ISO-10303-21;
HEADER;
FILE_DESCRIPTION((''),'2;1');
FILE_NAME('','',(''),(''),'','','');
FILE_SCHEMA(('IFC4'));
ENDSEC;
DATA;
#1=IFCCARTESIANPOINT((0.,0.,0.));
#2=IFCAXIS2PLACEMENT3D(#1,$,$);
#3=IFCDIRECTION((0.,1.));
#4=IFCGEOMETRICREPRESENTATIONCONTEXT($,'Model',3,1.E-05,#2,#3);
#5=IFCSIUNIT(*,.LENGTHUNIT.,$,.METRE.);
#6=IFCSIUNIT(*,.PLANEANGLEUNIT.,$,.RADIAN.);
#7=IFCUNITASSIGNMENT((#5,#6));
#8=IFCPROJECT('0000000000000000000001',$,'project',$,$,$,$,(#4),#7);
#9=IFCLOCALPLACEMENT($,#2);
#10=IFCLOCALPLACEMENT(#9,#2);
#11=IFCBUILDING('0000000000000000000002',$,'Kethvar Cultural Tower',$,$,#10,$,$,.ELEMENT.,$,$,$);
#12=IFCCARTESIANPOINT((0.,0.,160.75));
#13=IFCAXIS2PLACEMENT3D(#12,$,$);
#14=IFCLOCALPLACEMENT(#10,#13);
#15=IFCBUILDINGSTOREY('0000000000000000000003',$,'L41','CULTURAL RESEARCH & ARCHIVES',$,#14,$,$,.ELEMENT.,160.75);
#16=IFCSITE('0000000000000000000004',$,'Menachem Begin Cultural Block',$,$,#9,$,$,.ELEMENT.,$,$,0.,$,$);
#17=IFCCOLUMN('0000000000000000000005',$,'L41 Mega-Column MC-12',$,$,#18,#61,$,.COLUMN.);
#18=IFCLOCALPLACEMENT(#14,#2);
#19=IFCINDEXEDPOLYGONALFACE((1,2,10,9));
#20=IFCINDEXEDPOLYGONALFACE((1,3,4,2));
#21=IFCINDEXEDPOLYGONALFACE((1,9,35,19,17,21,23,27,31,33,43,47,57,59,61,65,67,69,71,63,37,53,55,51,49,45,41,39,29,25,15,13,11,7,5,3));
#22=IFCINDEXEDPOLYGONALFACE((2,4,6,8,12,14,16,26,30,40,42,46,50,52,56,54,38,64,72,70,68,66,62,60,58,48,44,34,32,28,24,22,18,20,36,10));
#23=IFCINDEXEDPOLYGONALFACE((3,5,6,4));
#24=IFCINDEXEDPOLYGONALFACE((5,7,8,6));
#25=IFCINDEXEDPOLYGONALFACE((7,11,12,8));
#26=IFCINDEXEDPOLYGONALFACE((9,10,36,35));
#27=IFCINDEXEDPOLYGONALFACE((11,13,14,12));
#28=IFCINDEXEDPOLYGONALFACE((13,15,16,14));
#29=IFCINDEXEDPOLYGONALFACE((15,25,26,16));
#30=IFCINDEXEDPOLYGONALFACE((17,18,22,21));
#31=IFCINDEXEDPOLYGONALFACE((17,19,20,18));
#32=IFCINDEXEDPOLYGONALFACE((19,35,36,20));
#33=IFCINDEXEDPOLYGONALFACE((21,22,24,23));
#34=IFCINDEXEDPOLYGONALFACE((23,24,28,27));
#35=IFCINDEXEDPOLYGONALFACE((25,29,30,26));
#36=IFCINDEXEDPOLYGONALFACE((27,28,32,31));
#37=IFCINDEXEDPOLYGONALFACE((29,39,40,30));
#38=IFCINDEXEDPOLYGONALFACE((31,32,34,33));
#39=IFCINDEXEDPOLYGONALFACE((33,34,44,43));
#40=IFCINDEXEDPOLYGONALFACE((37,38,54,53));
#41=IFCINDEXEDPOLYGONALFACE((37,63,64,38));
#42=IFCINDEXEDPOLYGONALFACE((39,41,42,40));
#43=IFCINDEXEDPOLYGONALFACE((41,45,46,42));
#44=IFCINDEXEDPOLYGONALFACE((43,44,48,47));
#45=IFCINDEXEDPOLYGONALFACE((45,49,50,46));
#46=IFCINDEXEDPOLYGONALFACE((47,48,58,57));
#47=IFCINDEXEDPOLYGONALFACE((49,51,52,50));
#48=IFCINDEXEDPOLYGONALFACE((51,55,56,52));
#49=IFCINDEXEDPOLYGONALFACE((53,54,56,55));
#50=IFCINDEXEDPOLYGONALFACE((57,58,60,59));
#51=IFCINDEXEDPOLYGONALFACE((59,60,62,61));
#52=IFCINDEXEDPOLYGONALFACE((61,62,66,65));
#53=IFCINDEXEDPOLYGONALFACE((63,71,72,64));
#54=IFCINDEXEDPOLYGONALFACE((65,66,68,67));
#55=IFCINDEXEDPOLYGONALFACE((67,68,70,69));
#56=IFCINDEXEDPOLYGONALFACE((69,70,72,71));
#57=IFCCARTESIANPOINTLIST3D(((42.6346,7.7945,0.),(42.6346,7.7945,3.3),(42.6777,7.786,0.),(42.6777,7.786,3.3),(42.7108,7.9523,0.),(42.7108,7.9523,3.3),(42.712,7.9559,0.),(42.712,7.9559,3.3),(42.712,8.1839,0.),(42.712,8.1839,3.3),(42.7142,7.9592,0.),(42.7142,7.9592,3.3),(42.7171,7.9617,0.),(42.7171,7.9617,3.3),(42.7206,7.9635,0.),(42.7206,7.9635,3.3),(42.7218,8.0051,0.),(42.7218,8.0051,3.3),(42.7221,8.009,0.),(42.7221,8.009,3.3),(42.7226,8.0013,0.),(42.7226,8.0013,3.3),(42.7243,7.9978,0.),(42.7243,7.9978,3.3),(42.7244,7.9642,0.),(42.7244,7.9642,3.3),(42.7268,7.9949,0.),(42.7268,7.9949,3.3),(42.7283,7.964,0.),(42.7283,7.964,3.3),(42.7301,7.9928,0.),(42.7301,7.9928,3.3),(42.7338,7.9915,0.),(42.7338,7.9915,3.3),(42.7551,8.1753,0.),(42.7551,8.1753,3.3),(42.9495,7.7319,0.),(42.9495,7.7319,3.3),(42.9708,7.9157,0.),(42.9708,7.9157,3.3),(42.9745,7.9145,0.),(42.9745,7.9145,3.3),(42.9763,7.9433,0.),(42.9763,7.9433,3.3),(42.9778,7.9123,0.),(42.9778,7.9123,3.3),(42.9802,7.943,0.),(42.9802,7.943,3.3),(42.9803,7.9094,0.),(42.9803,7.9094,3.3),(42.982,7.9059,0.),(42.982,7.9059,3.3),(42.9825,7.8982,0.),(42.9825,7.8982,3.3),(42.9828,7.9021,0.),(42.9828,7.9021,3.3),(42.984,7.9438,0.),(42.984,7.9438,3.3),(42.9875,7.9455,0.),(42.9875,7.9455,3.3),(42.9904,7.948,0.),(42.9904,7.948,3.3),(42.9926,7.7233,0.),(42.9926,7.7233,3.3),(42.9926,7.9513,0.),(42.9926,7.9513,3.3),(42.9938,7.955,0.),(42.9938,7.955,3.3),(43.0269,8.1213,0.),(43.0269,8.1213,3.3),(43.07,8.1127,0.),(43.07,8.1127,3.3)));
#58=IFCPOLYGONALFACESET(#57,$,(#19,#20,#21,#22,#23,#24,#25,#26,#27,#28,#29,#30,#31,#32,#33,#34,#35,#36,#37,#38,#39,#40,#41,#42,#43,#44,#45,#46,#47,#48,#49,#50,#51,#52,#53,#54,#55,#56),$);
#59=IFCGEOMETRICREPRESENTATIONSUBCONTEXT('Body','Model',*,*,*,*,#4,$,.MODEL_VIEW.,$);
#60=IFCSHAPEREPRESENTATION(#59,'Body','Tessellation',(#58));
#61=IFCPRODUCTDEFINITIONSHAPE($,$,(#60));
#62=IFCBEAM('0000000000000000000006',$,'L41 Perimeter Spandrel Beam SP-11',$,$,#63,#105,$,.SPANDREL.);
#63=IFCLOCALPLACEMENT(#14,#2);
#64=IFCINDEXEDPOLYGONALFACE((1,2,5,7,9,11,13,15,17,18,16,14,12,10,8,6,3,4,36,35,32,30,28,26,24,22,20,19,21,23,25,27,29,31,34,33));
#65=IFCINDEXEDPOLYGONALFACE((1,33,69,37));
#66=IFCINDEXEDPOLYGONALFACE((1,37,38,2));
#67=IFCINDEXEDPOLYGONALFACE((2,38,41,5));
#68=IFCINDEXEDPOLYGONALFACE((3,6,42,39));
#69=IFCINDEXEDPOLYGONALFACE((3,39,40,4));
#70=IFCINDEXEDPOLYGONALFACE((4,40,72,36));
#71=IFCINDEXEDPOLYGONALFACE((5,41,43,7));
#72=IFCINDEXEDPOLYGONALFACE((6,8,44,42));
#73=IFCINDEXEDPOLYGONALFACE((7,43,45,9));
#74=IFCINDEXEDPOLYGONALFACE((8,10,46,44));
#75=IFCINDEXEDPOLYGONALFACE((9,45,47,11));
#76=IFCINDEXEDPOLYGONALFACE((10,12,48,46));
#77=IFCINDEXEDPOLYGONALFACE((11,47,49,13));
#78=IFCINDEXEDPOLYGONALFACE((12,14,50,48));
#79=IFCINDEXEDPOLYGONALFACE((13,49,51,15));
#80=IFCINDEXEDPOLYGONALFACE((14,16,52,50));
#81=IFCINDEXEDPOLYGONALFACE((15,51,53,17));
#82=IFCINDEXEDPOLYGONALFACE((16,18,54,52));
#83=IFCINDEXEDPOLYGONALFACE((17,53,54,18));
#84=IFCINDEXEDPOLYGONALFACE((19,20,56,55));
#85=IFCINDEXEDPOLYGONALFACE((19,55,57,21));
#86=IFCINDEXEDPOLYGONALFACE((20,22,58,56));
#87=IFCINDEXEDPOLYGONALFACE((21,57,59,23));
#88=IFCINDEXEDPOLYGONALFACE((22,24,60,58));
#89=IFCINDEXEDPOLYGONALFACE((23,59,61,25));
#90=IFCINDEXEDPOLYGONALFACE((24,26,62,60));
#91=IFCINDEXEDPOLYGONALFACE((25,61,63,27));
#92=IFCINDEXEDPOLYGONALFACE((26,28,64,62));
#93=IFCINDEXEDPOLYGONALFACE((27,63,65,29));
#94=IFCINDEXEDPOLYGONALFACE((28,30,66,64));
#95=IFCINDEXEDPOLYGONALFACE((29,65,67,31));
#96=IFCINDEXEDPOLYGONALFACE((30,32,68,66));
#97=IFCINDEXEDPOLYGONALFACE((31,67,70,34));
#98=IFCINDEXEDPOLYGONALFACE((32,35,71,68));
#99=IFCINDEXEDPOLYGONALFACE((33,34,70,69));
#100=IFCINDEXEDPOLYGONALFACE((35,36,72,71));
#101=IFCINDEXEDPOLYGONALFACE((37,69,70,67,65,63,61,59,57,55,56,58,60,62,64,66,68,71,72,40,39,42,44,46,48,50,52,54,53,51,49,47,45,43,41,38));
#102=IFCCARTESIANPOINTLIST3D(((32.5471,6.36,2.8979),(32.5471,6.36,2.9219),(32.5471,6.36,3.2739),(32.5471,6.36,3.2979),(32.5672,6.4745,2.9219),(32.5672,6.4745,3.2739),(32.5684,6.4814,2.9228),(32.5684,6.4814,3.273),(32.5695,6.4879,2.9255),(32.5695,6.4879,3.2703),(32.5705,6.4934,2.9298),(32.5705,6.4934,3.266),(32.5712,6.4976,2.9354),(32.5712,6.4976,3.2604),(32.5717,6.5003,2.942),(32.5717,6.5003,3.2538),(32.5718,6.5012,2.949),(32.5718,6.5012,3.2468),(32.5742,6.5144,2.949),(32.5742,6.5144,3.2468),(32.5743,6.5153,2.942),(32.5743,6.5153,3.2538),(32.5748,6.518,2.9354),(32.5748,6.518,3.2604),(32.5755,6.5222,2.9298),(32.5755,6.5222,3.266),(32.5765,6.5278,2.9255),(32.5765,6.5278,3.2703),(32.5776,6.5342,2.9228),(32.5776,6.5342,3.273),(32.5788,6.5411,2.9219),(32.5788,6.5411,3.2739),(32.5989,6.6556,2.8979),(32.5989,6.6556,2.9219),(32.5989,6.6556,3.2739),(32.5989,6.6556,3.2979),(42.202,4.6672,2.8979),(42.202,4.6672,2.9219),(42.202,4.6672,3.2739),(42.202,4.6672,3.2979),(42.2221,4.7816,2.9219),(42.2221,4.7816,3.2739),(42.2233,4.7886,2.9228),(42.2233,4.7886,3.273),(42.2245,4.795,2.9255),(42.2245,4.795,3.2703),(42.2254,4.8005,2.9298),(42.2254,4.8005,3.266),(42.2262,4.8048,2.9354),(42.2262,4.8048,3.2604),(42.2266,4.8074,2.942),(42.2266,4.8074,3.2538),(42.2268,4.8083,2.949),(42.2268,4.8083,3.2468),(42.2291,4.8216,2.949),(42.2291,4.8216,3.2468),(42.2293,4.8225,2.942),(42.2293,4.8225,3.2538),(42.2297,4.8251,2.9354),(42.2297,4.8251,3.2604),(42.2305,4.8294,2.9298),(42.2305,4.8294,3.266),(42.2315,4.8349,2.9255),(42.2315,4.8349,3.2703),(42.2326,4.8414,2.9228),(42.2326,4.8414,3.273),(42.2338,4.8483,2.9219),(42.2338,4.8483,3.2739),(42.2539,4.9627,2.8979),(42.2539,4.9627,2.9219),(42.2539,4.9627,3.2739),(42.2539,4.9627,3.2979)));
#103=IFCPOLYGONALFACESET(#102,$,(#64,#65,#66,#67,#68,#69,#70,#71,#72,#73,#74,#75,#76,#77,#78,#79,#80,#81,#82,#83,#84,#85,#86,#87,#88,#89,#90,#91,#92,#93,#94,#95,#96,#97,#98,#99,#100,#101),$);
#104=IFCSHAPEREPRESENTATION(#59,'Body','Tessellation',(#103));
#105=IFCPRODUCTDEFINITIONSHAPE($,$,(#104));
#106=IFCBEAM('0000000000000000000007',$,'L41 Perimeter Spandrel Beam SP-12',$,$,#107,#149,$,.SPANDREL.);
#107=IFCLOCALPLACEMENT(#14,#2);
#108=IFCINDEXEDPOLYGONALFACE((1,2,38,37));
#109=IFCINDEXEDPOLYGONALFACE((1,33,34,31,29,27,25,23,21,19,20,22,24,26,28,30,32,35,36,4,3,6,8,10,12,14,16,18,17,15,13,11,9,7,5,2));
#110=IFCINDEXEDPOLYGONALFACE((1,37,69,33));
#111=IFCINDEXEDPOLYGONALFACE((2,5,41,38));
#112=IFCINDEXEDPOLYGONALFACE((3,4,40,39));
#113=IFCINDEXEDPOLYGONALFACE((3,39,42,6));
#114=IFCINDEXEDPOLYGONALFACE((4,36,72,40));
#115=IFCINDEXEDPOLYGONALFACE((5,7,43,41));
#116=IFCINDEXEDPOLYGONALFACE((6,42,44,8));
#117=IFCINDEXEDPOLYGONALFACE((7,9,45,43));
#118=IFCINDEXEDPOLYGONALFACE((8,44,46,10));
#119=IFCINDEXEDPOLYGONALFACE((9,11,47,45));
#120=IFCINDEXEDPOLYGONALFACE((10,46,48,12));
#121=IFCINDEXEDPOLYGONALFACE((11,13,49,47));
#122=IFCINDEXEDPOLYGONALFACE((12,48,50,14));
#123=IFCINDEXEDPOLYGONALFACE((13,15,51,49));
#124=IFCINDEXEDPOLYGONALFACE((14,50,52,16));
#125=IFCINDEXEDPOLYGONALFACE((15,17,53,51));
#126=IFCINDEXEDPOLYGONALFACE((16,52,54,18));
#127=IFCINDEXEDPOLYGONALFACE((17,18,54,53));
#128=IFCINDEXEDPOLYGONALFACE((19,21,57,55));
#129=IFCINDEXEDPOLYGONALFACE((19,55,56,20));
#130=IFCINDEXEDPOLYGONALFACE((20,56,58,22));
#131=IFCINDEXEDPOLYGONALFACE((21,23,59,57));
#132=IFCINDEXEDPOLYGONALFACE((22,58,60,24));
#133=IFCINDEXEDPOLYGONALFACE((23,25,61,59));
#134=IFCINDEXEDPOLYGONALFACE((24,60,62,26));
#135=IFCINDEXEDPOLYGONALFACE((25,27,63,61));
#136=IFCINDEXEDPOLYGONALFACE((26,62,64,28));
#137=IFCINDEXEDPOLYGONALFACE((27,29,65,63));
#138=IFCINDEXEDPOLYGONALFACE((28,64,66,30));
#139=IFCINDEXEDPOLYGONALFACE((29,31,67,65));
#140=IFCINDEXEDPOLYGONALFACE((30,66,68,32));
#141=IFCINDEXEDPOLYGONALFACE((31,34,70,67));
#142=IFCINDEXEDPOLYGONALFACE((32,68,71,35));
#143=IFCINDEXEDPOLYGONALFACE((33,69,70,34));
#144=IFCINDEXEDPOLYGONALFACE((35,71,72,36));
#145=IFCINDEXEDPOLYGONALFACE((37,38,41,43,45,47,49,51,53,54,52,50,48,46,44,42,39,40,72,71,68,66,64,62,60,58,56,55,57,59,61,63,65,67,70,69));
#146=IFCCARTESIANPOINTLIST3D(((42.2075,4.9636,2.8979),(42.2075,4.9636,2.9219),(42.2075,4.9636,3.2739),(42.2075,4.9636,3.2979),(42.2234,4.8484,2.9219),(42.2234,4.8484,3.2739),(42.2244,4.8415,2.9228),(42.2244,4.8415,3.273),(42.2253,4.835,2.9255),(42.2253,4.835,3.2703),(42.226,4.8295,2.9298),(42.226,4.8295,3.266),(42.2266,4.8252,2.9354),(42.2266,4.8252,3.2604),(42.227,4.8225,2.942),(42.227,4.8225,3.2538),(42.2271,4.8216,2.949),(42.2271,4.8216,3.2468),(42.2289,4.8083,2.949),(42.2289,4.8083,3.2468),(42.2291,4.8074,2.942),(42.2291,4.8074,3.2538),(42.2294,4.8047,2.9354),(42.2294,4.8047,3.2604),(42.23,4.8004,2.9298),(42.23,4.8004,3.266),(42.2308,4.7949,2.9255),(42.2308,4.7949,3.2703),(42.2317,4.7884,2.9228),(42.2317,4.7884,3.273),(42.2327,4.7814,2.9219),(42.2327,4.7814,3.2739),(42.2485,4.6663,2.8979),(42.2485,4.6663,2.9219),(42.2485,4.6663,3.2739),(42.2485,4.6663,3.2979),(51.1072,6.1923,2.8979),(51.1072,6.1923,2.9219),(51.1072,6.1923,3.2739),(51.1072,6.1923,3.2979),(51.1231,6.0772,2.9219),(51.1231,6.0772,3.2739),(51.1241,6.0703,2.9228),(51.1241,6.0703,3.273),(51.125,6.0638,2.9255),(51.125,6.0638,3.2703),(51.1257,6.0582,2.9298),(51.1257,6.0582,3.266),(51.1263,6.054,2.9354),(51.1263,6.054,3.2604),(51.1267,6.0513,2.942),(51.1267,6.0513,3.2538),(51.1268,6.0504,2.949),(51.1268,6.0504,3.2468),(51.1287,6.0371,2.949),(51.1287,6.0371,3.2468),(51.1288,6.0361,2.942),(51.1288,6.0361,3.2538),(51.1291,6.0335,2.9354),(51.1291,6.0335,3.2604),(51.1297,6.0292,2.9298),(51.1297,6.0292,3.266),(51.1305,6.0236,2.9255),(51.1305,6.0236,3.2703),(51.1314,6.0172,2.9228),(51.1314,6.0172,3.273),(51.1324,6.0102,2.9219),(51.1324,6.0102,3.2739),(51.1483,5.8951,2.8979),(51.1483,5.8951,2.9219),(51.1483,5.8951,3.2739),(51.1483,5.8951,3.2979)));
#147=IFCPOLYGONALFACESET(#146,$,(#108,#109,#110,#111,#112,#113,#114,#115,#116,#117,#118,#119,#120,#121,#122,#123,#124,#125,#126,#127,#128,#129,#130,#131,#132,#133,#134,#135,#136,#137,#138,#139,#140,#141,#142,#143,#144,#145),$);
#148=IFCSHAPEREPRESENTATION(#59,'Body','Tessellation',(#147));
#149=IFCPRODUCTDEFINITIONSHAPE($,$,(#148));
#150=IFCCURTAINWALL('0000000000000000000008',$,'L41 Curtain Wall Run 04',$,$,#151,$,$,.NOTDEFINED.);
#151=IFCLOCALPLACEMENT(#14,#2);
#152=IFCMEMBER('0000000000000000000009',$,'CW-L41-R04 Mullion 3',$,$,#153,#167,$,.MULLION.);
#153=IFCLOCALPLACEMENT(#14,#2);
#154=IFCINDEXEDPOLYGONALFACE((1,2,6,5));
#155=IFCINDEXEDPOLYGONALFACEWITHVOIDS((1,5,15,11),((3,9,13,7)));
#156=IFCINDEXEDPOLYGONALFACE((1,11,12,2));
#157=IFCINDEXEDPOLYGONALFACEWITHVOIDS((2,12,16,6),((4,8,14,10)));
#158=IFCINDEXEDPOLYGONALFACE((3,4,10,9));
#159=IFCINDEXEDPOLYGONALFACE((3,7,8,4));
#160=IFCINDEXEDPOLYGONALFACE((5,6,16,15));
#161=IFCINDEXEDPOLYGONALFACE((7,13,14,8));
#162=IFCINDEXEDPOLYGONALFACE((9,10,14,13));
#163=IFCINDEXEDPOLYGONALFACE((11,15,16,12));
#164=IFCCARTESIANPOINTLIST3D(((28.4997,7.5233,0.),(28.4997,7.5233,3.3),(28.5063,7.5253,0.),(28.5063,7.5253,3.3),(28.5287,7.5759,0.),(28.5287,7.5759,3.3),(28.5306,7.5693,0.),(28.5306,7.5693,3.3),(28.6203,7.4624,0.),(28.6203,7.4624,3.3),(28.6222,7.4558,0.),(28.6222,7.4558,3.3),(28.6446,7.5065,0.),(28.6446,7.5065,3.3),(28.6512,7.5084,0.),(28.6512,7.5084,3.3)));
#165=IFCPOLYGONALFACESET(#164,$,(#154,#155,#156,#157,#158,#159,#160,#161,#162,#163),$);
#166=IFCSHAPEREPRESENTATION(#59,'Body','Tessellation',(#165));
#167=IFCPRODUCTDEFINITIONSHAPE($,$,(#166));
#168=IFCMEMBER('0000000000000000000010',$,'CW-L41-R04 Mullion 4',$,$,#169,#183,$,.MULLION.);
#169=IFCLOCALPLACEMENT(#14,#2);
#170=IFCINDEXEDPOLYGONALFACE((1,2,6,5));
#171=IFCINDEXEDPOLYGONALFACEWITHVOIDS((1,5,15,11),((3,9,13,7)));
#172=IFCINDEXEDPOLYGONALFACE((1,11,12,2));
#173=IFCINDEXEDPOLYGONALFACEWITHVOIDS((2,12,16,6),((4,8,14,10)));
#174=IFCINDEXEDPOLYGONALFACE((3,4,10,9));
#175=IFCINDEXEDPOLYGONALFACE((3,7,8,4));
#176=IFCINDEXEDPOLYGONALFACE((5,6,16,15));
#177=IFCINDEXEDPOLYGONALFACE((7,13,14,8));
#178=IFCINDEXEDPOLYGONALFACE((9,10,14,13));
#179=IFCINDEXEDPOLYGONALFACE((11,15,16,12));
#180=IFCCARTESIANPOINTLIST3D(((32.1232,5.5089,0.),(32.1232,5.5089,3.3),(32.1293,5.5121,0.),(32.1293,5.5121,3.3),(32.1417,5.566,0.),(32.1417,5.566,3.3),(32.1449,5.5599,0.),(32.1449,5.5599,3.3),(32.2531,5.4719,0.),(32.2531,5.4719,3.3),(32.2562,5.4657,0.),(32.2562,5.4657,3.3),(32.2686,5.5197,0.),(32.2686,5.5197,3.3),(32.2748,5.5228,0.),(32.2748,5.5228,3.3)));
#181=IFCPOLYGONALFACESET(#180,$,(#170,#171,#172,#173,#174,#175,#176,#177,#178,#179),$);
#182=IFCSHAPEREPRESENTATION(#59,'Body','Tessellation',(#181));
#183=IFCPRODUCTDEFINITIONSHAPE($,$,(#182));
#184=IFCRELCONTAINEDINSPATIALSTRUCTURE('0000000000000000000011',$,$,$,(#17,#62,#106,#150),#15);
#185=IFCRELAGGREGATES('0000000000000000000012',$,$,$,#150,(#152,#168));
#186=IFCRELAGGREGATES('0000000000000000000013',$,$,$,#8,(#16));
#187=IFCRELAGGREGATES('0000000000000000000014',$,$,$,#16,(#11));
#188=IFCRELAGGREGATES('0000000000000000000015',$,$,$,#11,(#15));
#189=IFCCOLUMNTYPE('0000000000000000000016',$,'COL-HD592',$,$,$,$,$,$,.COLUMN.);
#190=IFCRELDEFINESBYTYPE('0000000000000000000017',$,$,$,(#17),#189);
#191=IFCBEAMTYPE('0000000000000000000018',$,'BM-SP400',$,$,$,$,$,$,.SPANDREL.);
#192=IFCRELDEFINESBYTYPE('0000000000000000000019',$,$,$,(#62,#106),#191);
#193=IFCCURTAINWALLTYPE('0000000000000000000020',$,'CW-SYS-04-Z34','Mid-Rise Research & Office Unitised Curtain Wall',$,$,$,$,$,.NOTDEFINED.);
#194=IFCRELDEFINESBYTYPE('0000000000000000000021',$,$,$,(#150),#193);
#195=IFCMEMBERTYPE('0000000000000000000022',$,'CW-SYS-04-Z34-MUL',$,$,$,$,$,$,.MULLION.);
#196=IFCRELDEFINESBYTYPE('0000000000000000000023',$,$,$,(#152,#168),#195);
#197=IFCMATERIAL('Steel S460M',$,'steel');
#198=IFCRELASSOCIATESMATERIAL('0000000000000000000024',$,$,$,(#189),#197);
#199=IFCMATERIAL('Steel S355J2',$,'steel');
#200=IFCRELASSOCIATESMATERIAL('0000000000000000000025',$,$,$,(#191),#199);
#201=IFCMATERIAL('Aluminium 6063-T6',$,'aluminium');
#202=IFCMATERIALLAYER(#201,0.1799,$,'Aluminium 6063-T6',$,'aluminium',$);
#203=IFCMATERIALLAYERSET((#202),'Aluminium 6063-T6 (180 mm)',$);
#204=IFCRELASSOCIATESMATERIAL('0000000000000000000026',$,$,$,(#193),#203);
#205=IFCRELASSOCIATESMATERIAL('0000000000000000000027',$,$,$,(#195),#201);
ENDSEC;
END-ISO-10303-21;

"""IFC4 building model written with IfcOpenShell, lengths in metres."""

from ifc_helpers import new_model, si_unit, direction, frame, origin, origin_2d, place, context, subcontext, project, spatial, hollow_rectangle, i_section, extrude, source, transform, mapped, material, layer, layer_set, material_profile, profile_set, type_object, element, aggregate, save


model = new_model("IFC4")

# Units and contexts
model_context = context("Model", 3, precision=1e-05, world=origin(), true_north=direction((0.0, 1.0)))
body_context = subcontext(model_context, "Body", "Model", "MODEL_VIEW")
ifc_project = project(units=[si_unit("LENGTHUNIT", "METRE"), si_unit("PLANEANGLEUNIT", "RADIAN")], contexts=[model_context])

# Site, building, storey
site_placement = place(None, origin())
site = spatial("IfcSite", under=ifc_project, at=site_placement, Name="Menachem Begin Cultural Block", CompositionType="ELEMENT", RefElevation=0.0)
building_placement = place(site_placement, origin())
building = spatial("IfcBuilding", under=site, at=building_placement, Name="Kethvar Cultural Tower", CompositionType="ELEMENT")
storey_placement = place(building_placement, frame((0.0, 0.0, 160.75)))
storey = spatial("IfcBuildingStorey", under=building, at=storey_placement, Name="L41", Description="CULTURAL RESEARCH & ARCHIVES", CompositionType="ELEMENT", Elevation=160.75)

# Column
ifc_material_1 = material(Name="Steel S460M", Category="steel")
ifc_material_profile_1 = material_profile(ifc_material_1, i_section(OverallWidth=0.397, OverallDepth=0.365, WebThickness=0.0281, FlangeThickness=0.0439, FilletRadius=0.0149, at=origin_2d()), Name="Steel S460M — HD400x592")
ifc_profile_set_1 = profile_set([ifc_material_profile_1], Name="Steel S460M — HD400x592")
column_type = type_object("IfcColumnType", Name="COL-HD592", PredefinedType="COLUMN", material=ifc_profile_set_1)
shared_shape_1 = source(origin(), body_context, "Body", "SweptSolid", [
    extrude(i_section(OverallWidth=0.397, OverallDepth=0.365, WebThickness=0.0281, FlangeThickness=0.0439, FilletRadius=0.0149, at=origin_2d()), origin(), (0.0, 0.0, 1.0), 3.3),
])
column_placement = place(storey_placement, frame((42.8523, 7.9536, 0.0), z_axis=(0.0, 0.0, 1.0), x_axis=(-0.19509, -0.980785, 0.0)))
element("IfcColumn", 1, at=column_placement, inside=storey, type_object=column_type, Name="L41 Mega-Column MC-12", PredefinedType="COLUMN", context=body_context, shape_type="MappedRepresentation", body=[
    mapped(shared_shape_1, transform((0.0, 0.0, 0.0), scale=1.0)),
])

# Beams
ifc_material_2 = material(Name="Steel S355J2", Category="steel")
ifc_material_profile_2 = material_profile(ifc_material_2, i_section(OverallWidth=0.3, OverallDepth=0.3999, WebThickness=0.0134, FlangeThickness=0.0239, FilletRadius=0.0271, at=origin_2d()), Name="Steel S355J2 — HEB400")
ifc_profile_set_2 = profile_set([ifc_material_profile_2], Name="Steel S355J2 — HEB400")
beam_type = type_object("IfcBeamType", Name="BM-SP400", PredefinedType="SPANDREL", material=ifc_profile_set_2)
shared_shape_2 = source(origin(), body_context, "Body", "SweptSolid", [
    extrude(i_section(OverallWidth=0.3, OverallDepth=0.3999, WebThickness=0.0134, FlangeThickness=0.0239, FilletRadius=0.0271, at=origin_2d()), origin(), (0.0, 0.0, 1.0), 9.8022),
])
beam_1_placement = place(storey_placement, frame((32.573, 6.5078, 3.0979), z_axis=(0.984974, -0.172701, 0.0), x_axis=(0.172701, 0.984974, 0.0)))
element("IfcBeam", 2, at=beam_1_placement, inside=storey, type_object=beam_type, Name="L41 Perimeter Spandrel Beam SP-11", PredefinedType="SPANDREL", context=body_context, shape_type="MappedRepresentation", body=[
    mapped(shared_shape_2, transform((0.0, 0.0, 0.0), scale=1.0)),
])
shared_shape_3 = source(origin(), body_context, "Body", "SweptSolid", [
    extrude(i_section(OverallWidth=0.3, OverallDepth=0.3999, WebThickness=0.0134, FlangeThickness=0.0239, FilletRadius=0.0271, at=origin_2d()), origin(), (0.0, 0.0, 1.0), 8.9841),
])
beam_2_placement = place(storey_placement, frame((42.228, 4.8149, 3.0979), z_axis=(0.990603, 0.136771, 0.0), x_axis=(-0.136771, 0.990603, 0.0)))
element("IfcBeam", 3, at=beam_2_placement, inside=storey, type_object=beam_type, Name="L41 Perimeter Spandrel Beam SP-12", PredefinedType="SPANDREL", context=body_context, shape_type="MappedRepresentation", body=[
    mapped(shared_shape_3, transform((0.0, 0.0, 0.0), scale=1.0)),
])

# Curtain wall, members
ifc_material_3 = material(Name="Aluminium 6063-T6", Category="aluminium")
ifc_layer_1 = layer(ifc_material_3, 0.1799, Name="Aluminium 6063-T6", Category="aluminium")
ifc_layer_set_1 = layer_set([ifc_layer_1], Name="Aluminium 6063-T6 (180 mm)")
curtain_wall_type = type_object("IfcCurtainWallType", Name="CW-SYS-04-Z34", Description="Mid-Rise Research & Office Unitised Curtain Wall", PredefinedType="NOTDEFINED", material=ifc_layer_set_1)
curtain_wall_1_placement = place(storey_placement, origin())
curtain_wall_1 = element("IfcCurtainWall", 4, at=curtain_wall_1_placement, inside=storey, type_object=curtain_wall_type, Name="L41 Curtain Wall Run 04", PredefinedType="NOTDEFINED")
ifc_material_profile_3 = material_profile(ifc_material_3, hollow_rectangle(XDim=0.0601, YDim=0.1399, WallThickness=0.0049, at=origin_2d()), Name="Aluminium 6063-T6 — RHS140x60x5")
ifc_profile_set_3 = profile_set([ifc_material_profile_3], Name="Aluminium 6063-T6 — RHS140x60x5")
member_type_1 = type_object("IfcMemberType", Name="CW-SYS-04-Z34-MUL", PredefinedType="MULLION", material=ifc_profile_set_3)
shared_shape_4 = source(origin(), body_context, "Body", "SweptSolid", [
    extrude(hollow_rectangle(XDim=0.0601, YDim=0.1399, WallThickness=0.0049, at=origin_2d()), origin(), (0.0, 0.0, 1.0), 3.3),
])
member_1_placement = place(storey_placement, frame((28.5754, 7.5159, 0.0), z_axis=(0.0, 0.0, 1.0), x_axis=(0.482809, 0.875726, 0.0)))
member_1 = element("IfcMember", 5, at=member_1_placement, type_object=member_type_1, Name="CW-L41-R04 Mullion 3", PredefinedType="MULLION", context=body_context, shape_type="MappedRepresentation", body=[
    mapped(shared_shape_4, transform((0.0, 0.0, 0.0), scale=1.0)),
])
member_2_placement = place(storey_placement, frame((32.199, 5.5159, 0.0), z_axis=(0.0, 0.0, 1.0), x_axis=(0.308967, 0.951073, 0.0)))
member_2 = element("IfcMember", 6, at=member_2_placement, type_object=member_type_1, Name="CW-L41-R04 Mullion 4", PredefinedType="MULLION", context=body_context, shape_type="MappedRepresentation", body=[
    mapped(shared_shape_4, transform((0.0, 0.0, 0.0), scale=1.0)),
])

aggregate(curtain_wall_1, [member_1, member_2])

save(model, "model.ifc")
